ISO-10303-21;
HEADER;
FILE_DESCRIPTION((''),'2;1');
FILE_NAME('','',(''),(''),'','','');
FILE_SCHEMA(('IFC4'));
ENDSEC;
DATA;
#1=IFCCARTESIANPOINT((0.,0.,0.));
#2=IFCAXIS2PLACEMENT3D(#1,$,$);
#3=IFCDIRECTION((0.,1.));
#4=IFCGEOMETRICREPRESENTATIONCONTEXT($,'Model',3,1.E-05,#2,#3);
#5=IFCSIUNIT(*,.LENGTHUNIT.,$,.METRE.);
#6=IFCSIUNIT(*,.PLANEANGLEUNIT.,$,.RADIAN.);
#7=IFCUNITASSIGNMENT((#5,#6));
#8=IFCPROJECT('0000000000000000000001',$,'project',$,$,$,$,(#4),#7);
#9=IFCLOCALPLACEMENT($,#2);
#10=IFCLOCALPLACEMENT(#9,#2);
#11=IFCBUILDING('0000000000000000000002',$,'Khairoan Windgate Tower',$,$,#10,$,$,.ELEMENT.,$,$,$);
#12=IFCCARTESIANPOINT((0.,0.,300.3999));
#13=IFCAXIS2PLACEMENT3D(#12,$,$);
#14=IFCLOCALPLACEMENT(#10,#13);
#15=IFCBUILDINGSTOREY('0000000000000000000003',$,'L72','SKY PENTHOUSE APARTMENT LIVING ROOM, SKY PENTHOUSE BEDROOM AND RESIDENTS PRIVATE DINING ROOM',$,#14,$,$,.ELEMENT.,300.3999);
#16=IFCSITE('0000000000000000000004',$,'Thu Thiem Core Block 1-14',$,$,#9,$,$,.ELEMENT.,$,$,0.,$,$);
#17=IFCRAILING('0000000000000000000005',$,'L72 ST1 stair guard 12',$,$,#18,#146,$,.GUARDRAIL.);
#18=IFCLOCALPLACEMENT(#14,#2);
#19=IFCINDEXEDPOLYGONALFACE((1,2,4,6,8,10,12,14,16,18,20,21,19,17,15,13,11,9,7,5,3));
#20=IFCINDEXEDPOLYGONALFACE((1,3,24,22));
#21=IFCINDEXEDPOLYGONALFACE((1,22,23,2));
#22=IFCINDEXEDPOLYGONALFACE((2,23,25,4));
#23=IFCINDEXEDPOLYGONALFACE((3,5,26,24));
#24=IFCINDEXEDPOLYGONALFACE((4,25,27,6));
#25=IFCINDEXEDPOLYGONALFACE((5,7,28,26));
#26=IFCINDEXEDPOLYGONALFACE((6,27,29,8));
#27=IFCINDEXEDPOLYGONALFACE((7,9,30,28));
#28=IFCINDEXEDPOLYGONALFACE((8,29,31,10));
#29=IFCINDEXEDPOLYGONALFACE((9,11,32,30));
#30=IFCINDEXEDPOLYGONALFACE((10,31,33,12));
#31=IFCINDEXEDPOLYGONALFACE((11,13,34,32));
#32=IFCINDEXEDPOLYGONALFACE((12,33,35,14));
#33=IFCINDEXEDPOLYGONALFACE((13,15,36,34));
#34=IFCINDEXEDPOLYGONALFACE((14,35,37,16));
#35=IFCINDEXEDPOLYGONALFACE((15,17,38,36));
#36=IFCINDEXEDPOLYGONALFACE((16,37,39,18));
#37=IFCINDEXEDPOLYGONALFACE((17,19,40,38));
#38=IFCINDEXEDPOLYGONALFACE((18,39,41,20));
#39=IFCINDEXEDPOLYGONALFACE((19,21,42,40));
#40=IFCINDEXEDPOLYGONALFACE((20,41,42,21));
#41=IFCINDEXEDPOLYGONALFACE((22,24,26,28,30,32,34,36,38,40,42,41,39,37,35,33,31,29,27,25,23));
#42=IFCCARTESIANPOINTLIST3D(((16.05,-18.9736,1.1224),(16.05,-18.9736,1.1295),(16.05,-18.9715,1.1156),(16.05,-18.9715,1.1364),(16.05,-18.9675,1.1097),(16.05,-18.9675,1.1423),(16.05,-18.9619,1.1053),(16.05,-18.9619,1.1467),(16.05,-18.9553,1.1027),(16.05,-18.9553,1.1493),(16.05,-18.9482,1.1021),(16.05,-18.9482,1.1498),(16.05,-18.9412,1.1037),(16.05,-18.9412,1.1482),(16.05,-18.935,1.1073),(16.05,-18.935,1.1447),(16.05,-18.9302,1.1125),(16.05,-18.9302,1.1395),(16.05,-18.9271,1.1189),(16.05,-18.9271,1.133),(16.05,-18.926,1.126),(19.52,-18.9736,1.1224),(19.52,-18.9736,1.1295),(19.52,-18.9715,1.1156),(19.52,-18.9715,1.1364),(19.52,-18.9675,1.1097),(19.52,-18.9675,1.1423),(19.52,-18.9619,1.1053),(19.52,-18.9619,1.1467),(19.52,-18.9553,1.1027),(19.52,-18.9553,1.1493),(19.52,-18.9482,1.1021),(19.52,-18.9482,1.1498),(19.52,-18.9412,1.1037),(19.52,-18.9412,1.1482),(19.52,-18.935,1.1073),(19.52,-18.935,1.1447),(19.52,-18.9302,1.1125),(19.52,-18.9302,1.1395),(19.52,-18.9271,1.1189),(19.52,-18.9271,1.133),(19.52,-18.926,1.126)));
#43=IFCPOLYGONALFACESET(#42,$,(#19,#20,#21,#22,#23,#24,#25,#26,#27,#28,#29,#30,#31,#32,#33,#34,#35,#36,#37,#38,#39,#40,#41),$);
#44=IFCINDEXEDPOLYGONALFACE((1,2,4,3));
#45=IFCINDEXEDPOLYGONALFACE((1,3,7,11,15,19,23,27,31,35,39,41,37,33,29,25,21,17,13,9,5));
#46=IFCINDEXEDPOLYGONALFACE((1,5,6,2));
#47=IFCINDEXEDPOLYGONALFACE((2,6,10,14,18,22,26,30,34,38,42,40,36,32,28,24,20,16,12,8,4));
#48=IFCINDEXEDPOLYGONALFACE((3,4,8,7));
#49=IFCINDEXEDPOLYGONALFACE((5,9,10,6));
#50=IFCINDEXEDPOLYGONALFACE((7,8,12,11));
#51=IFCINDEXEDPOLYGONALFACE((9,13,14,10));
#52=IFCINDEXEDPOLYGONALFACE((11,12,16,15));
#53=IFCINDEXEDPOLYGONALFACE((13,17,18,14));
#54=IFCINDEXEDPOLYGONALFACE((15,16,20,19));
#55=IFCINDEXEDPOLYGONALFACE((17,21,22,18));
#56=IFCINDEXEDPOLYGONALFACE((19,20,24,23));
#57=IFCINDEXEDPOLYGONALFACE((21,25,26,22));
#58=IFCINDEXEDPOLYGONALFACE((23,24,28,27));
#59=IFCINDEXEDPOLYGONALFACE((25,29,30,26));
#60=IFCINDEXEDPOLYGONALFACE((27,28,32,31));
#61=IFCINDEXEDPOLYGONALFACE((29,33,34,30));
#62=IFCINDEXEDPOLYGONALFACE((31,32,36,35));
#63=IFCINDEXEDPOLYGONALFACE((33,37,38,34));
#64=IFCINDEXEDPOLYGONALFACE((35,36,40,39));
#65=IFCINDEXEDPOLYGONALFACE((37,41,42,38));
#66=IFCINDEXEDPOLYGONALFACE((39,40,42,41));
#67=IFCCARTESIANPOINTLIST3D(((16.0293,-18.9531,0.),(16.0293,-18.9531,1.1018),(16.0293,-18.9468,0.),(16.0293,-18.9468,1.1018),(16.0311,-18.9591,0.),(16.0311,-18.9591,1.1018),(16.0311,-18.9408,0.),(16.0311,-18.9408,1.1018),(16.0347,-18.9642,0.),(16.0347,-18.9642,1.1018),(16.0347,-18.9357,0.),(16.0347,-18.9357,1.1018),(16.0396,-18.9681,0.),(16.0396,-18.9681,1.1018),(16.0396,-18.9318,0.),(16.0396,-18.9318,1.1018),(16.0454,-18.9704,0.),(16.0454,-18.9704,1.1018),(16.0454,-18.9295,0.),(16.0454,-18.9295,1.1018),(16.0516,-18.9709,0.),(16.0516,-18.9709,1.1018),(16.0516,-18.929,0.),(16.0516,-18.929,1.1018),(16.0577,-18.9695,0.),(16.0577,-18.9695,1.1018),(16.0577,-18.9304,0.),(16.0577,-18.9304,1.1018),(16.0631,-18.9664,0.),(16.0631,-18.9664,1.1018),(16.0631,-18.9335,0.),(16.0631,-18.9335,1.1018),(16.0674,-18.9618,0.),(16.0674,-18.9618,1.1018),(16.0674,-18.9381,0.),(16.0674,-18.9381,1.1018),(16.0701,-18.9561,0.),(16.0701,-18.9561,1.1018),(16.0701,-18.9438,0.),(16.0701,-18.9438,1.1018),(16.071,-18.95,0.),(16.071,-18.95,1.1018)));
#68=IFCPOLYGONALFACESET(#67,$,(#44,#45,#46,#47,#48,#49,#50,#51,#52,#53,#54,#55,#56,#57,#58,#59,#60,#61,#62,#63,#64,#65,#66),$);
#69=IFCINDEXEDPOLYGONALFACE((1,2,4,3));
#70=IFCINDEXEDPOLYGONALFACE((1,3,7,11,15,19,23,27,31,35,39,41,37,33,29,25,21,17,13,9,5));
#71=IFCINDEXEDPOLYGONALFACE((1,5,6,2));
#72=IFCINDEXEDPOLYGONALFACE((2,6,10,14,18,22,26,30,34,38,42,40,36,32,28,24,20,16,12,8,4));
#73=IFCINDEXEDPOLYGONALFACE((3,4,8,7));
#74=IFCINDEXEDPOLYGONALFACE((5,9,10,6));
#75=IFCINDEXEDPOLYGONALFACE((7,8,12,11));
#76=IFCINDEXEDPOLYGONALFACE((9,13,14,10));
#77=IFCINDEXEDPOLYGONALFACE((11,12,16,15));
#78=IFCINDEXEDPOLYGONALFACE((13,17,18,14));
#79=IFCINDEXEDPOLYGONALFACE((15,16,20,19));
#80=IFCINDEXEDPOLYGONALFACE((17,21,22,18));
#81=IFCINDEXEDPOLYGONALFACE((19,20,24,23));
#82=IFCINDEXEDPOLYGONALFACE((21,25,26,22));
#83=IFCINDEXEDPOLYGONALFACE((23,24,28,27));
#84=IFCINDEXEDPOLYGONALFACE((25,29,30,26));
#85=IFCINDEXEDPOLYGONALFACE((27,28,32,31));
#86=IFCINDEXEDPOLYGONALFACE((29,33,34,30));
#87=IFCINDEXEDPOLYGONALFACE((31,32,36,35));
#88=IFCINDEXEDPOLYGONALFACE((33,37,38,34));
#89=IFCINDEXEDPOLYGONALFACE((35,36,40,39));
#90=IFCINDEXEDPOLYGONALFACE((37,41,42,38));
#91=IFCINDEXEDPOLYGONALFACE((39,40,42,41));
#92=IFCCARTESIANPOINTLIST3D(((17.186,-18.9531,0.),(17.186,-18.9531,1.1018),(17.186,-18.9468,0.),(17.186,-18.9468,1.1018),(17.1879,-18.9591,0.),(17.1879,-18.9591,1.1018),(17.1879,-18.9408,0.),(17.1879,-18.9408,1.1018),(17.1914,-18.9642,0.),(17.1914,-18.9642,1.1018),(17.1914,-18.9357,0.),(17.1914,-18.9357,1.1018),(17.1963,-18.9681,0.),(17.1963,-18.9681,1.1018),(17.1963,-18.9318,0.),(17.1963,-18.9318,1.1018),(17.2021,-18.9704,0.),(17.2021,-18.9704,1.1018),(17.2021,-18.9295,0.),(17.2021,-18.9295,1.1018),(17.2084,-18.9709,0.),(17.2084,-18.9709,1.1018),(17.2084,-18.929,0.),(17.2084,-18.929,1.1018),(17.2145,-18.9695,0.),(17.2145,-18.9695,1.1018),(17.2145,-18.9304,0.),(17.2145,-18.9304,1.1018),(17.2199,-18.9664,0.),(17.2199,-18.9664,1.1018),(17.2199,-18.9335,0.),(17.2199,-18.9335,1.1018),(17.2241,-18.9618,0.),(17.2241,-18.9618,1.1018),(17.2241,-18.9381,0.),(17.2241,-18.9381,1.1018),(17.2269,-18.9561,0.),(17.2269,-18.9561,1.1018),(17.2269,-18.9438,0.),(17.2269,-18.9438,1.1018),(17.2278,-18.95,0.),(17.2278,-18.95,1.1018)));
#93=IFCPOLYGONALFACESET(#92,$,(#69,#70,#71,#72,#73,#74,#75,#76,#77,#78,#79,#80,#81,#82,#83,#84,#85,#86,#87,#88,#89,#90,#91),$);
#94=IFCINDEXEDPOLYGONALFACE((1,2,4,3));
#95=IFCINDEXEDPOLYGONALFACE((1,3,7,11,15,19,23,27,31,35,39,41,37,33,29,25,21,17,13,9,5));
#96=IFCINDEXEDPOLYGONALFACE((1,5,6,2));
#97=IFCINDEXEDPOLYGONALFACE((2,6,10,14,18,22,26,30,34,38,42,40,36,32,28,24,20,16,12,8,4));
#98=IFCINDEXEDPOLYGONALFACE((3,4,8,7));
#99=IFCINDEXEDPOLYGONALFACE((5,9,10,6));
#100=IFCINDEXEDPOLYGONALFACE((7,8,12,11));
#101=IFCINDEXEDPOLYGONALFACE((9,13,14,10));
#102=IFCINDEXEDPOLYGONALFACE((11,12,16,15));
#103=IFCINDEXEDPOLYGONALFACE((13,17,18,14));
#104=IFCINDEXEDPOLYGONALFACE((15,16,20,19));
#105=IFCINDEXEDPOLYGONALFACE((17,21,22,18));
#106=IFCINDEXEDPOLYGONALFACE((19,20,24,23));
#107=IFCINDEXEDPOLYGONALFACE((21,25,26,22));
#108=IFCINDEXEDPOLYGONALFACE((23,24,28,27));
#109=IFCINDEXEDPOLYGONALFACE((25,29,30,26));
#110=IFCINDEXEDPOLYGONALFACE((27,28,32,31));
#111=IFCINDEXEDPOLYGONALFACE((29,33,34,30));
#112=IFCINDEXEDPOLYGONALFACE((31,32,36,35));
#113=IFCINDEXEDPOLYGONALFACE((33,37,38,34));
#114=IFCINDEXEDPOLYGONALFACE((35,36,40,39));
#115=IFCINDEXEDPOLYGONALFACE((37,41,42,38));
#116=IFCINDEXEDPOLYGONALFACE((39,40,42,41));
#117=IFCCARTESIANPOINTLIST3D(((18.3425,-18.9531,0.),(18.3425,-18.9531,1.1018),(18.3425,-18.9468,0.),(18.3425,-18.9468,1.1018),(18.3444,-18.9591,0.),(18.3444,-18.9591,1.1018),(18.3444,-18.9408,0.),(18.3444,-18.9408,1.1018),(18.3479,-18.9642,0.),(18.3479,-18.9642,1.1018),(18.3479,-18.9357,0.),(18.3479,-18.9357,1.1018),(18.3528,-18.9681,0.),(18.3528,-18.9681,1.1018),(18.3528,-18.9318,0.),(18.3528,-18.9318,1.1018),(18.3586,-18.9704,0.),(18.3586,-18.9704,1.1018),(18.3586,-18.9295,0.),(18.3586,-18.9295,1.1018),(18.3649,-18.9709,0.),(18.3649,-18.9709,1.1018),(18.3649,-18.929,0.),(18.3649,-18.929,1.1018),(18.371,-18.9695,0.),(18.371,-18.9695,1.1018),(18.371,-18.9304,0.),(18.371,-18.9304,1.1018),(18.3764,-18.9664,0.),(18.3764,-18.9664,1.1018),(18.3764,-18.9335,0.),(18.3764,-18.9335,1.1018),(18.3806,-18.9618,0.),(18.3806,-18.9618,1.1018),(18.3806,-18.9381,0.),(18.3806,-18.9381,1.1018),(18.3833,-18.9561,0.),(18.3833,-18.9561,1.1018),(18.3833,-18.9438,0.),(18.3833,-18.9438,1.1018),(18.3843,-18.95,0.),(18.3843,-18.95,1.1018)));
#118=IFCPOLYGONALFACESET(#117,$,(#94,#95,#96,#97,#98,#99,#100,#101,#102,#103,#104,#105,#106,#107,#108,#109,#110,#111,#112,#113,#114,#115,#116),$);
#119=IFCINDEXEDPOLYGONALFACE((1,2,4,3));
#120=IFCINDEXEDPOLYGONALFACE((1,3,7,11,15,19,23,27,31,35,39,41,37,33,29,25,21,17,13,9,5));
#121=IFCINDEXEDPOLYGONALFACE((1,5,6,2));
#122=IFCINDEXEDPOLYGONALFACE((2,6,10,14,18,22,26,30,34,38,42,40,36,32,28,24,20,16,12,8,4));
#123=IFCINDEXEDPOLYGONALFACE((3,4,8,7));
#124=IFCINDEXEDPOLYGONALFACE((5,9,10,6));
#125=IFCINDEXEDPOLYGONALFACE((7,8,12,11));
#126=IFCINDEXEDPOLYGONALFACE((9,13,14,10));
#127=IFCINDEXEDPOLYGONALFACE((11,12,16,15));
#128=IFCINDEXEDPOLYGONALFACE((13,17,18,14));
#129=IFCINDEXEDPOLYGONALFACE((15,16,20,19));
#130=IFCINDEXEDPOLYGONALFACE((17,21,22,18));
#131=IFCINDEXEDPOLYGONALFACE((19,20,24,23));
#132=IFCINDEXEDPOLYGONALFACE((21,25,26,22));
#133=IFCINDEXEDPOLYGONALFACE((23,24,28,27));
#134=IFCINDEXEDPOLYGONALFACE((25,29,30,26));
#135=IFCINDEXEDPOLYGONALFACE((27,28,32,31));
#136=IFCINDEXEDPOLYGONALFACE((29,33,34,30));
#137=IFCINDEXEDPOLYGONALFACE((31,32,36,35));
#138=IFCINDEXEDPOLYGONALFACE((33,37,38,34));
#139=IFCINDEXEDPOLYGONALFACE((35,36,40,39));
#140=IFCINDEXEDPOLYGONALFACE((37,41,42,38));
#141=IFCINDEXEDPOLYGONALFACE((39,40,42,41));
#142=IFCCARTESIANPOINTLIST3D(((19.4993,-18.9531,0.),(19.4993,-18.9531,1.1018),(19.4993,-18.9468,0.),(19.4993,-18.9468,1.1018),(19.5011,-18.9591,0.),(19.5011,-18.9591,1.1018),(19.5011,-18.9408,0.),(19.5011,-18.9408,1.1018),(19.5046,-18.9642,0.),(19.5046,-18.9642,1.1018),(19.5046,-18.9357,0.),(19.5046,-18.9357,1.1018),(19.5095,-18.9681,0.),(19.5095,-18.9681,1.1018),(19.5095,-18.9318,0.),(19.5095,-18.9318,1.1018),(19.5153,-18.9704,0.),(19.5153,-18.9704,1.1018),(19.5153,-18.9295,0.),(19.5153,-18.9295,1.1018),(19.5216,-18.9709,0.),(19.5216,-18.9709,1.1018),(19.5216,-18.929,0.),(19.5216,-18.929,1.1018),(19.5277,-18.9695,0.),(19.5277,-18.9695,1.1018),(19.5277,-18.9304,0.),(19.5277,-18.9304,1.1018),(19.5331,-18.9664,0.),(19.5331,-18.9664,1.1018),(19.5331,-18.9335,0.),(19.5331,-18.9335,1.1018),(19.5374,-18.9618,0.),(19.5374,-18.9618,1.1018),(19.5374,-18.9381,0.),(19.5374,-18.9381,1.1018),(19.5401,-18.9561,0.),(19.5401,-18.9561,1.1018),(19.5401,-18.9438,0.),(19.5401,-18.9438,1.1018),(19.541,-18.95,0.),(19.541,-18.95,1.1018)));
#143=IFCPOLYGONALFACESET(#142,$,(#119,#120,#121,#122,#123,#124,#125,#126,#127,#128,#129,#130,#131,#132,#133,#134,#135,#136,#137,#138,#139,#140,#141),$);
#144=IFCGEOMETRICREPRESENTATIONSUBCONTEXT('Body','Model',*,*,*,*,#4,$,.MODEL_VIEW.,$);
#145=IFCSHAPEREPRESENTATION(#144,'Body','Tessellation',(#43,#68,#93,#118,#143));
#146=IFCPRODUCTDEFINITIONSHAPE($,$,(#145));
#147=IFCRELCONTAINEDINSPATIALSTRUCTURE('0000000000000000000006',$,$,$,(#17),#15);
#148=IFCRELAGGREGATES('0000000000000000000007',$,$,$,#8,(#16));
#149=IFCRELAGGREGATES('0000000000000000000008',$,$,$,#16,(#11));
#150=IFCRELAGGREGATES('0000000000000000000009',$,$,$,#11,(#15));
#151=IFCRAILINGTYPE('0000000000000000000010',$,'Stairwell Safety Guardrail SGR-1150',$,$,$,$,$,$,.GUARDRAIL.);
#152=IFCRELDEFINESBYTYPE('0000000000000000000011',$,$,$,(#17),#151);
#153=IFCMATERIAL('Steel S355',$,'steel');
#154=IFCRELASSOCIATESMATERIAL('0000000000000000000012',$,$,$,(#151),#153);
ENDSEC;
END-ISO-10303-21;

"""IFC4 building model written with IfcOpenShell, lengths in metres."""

from ifc_helpers import new_model, si_unit, direction, frame, origin, origin_2d, place, context, subcontext, project, spatial, circle, extrude, material, type_object, element, save


model = new_model("IFC4")

# Units and contexts
model_context = context("Model", 3, precision=1e-05, world=origin(), true_north=direction((0.0, 1.0)))
body_context = subcontext(model_context, "Body", "Model", "MODEL_VIEW")
ifc_project = project(units=[si_unit("LENGTHUNIT", "METRE"), si_unit("PLANEANGLEUNIT", "RADIAN")], contexts=[model_context])

# Site, building, storey
site_placement = place(None, origin())
site = spatial("IfcSite", under=ifc_project, at=site_placement, Name="Thu Thiem Core Block 1-14", CompositionType="ELEMENT", RefElevation=0.0)
building_placement = place(site_placement, origin())
building = spatial("IfcBuilding", under=site, at=building_placement, Name="Khairoan Windgate Tower", CompositionType="ELEMENT")
storey_placement = place(building_placement, frame((0.0, 0.0, 300.3999)))
storey = spatial("IfcBuildingStorey", under=building, at=storey_placement, Name="L72", Description="SKY PENTHOUSE APARTMENT LIVING ROOM, SKY PENTHOUSE BEDROOM AND RESIDENTS PRIVATE DINING ROOM", CompositionType="ELEMENT", Elevation=300.3999)

# Railing
ifc_material_1 = material(Name="Steel S355", Category="steel")
railing_type = type_object("IfcRailingType", Name="Stairwell Safety Guardrail SGR-1150", PredefinedType="GUARDRAIL", material=ifc_material_1)
railing_1_placement = place(storey_placement, frame((16.05, -18.95, 0.0)))
element("IfcRailing", 1, at=railing_1_placement, inside=storey, type_object=railing_type, Name="L72 ST1 stair guard 12", PredefinedType="GUARDRAIL", context=body_context, shape_type="SweptSolid", body=[
    extrude(circle(Radius=0.0239, at=origin_2d()), frame((0.0, 0.0, 1.126), z_axis=(1.0, 0.0, 0.0), x_axis=(0.0, 1.0, 0.0)), (0.0, 0.0, 1.0), 3.47),
    extrude(circle(Radius=0.021, at=origin_2d()), origin(), (0.0, 0.0, 1.0), 1.1018),
    extrude(circle(Radius=0.021, at=origin_2d()), frame((1.1567, 0.0, 0.0)), (0.0, 0.0, 1.0), 1.1018),
    extrude(circle(Radius=0.021, at=origin_2d()), frame((2.3132, 0.0, 0.0)), (0.0, 0.0, 1.0), 1.1018),
    extrude(circle(Radius=0.021, at=origin_2d()), frame((3.47, 0.0, 0.0)), (0.0, 0.0, 1.0), 1.1018),
])

save(model, "model.ifc")
